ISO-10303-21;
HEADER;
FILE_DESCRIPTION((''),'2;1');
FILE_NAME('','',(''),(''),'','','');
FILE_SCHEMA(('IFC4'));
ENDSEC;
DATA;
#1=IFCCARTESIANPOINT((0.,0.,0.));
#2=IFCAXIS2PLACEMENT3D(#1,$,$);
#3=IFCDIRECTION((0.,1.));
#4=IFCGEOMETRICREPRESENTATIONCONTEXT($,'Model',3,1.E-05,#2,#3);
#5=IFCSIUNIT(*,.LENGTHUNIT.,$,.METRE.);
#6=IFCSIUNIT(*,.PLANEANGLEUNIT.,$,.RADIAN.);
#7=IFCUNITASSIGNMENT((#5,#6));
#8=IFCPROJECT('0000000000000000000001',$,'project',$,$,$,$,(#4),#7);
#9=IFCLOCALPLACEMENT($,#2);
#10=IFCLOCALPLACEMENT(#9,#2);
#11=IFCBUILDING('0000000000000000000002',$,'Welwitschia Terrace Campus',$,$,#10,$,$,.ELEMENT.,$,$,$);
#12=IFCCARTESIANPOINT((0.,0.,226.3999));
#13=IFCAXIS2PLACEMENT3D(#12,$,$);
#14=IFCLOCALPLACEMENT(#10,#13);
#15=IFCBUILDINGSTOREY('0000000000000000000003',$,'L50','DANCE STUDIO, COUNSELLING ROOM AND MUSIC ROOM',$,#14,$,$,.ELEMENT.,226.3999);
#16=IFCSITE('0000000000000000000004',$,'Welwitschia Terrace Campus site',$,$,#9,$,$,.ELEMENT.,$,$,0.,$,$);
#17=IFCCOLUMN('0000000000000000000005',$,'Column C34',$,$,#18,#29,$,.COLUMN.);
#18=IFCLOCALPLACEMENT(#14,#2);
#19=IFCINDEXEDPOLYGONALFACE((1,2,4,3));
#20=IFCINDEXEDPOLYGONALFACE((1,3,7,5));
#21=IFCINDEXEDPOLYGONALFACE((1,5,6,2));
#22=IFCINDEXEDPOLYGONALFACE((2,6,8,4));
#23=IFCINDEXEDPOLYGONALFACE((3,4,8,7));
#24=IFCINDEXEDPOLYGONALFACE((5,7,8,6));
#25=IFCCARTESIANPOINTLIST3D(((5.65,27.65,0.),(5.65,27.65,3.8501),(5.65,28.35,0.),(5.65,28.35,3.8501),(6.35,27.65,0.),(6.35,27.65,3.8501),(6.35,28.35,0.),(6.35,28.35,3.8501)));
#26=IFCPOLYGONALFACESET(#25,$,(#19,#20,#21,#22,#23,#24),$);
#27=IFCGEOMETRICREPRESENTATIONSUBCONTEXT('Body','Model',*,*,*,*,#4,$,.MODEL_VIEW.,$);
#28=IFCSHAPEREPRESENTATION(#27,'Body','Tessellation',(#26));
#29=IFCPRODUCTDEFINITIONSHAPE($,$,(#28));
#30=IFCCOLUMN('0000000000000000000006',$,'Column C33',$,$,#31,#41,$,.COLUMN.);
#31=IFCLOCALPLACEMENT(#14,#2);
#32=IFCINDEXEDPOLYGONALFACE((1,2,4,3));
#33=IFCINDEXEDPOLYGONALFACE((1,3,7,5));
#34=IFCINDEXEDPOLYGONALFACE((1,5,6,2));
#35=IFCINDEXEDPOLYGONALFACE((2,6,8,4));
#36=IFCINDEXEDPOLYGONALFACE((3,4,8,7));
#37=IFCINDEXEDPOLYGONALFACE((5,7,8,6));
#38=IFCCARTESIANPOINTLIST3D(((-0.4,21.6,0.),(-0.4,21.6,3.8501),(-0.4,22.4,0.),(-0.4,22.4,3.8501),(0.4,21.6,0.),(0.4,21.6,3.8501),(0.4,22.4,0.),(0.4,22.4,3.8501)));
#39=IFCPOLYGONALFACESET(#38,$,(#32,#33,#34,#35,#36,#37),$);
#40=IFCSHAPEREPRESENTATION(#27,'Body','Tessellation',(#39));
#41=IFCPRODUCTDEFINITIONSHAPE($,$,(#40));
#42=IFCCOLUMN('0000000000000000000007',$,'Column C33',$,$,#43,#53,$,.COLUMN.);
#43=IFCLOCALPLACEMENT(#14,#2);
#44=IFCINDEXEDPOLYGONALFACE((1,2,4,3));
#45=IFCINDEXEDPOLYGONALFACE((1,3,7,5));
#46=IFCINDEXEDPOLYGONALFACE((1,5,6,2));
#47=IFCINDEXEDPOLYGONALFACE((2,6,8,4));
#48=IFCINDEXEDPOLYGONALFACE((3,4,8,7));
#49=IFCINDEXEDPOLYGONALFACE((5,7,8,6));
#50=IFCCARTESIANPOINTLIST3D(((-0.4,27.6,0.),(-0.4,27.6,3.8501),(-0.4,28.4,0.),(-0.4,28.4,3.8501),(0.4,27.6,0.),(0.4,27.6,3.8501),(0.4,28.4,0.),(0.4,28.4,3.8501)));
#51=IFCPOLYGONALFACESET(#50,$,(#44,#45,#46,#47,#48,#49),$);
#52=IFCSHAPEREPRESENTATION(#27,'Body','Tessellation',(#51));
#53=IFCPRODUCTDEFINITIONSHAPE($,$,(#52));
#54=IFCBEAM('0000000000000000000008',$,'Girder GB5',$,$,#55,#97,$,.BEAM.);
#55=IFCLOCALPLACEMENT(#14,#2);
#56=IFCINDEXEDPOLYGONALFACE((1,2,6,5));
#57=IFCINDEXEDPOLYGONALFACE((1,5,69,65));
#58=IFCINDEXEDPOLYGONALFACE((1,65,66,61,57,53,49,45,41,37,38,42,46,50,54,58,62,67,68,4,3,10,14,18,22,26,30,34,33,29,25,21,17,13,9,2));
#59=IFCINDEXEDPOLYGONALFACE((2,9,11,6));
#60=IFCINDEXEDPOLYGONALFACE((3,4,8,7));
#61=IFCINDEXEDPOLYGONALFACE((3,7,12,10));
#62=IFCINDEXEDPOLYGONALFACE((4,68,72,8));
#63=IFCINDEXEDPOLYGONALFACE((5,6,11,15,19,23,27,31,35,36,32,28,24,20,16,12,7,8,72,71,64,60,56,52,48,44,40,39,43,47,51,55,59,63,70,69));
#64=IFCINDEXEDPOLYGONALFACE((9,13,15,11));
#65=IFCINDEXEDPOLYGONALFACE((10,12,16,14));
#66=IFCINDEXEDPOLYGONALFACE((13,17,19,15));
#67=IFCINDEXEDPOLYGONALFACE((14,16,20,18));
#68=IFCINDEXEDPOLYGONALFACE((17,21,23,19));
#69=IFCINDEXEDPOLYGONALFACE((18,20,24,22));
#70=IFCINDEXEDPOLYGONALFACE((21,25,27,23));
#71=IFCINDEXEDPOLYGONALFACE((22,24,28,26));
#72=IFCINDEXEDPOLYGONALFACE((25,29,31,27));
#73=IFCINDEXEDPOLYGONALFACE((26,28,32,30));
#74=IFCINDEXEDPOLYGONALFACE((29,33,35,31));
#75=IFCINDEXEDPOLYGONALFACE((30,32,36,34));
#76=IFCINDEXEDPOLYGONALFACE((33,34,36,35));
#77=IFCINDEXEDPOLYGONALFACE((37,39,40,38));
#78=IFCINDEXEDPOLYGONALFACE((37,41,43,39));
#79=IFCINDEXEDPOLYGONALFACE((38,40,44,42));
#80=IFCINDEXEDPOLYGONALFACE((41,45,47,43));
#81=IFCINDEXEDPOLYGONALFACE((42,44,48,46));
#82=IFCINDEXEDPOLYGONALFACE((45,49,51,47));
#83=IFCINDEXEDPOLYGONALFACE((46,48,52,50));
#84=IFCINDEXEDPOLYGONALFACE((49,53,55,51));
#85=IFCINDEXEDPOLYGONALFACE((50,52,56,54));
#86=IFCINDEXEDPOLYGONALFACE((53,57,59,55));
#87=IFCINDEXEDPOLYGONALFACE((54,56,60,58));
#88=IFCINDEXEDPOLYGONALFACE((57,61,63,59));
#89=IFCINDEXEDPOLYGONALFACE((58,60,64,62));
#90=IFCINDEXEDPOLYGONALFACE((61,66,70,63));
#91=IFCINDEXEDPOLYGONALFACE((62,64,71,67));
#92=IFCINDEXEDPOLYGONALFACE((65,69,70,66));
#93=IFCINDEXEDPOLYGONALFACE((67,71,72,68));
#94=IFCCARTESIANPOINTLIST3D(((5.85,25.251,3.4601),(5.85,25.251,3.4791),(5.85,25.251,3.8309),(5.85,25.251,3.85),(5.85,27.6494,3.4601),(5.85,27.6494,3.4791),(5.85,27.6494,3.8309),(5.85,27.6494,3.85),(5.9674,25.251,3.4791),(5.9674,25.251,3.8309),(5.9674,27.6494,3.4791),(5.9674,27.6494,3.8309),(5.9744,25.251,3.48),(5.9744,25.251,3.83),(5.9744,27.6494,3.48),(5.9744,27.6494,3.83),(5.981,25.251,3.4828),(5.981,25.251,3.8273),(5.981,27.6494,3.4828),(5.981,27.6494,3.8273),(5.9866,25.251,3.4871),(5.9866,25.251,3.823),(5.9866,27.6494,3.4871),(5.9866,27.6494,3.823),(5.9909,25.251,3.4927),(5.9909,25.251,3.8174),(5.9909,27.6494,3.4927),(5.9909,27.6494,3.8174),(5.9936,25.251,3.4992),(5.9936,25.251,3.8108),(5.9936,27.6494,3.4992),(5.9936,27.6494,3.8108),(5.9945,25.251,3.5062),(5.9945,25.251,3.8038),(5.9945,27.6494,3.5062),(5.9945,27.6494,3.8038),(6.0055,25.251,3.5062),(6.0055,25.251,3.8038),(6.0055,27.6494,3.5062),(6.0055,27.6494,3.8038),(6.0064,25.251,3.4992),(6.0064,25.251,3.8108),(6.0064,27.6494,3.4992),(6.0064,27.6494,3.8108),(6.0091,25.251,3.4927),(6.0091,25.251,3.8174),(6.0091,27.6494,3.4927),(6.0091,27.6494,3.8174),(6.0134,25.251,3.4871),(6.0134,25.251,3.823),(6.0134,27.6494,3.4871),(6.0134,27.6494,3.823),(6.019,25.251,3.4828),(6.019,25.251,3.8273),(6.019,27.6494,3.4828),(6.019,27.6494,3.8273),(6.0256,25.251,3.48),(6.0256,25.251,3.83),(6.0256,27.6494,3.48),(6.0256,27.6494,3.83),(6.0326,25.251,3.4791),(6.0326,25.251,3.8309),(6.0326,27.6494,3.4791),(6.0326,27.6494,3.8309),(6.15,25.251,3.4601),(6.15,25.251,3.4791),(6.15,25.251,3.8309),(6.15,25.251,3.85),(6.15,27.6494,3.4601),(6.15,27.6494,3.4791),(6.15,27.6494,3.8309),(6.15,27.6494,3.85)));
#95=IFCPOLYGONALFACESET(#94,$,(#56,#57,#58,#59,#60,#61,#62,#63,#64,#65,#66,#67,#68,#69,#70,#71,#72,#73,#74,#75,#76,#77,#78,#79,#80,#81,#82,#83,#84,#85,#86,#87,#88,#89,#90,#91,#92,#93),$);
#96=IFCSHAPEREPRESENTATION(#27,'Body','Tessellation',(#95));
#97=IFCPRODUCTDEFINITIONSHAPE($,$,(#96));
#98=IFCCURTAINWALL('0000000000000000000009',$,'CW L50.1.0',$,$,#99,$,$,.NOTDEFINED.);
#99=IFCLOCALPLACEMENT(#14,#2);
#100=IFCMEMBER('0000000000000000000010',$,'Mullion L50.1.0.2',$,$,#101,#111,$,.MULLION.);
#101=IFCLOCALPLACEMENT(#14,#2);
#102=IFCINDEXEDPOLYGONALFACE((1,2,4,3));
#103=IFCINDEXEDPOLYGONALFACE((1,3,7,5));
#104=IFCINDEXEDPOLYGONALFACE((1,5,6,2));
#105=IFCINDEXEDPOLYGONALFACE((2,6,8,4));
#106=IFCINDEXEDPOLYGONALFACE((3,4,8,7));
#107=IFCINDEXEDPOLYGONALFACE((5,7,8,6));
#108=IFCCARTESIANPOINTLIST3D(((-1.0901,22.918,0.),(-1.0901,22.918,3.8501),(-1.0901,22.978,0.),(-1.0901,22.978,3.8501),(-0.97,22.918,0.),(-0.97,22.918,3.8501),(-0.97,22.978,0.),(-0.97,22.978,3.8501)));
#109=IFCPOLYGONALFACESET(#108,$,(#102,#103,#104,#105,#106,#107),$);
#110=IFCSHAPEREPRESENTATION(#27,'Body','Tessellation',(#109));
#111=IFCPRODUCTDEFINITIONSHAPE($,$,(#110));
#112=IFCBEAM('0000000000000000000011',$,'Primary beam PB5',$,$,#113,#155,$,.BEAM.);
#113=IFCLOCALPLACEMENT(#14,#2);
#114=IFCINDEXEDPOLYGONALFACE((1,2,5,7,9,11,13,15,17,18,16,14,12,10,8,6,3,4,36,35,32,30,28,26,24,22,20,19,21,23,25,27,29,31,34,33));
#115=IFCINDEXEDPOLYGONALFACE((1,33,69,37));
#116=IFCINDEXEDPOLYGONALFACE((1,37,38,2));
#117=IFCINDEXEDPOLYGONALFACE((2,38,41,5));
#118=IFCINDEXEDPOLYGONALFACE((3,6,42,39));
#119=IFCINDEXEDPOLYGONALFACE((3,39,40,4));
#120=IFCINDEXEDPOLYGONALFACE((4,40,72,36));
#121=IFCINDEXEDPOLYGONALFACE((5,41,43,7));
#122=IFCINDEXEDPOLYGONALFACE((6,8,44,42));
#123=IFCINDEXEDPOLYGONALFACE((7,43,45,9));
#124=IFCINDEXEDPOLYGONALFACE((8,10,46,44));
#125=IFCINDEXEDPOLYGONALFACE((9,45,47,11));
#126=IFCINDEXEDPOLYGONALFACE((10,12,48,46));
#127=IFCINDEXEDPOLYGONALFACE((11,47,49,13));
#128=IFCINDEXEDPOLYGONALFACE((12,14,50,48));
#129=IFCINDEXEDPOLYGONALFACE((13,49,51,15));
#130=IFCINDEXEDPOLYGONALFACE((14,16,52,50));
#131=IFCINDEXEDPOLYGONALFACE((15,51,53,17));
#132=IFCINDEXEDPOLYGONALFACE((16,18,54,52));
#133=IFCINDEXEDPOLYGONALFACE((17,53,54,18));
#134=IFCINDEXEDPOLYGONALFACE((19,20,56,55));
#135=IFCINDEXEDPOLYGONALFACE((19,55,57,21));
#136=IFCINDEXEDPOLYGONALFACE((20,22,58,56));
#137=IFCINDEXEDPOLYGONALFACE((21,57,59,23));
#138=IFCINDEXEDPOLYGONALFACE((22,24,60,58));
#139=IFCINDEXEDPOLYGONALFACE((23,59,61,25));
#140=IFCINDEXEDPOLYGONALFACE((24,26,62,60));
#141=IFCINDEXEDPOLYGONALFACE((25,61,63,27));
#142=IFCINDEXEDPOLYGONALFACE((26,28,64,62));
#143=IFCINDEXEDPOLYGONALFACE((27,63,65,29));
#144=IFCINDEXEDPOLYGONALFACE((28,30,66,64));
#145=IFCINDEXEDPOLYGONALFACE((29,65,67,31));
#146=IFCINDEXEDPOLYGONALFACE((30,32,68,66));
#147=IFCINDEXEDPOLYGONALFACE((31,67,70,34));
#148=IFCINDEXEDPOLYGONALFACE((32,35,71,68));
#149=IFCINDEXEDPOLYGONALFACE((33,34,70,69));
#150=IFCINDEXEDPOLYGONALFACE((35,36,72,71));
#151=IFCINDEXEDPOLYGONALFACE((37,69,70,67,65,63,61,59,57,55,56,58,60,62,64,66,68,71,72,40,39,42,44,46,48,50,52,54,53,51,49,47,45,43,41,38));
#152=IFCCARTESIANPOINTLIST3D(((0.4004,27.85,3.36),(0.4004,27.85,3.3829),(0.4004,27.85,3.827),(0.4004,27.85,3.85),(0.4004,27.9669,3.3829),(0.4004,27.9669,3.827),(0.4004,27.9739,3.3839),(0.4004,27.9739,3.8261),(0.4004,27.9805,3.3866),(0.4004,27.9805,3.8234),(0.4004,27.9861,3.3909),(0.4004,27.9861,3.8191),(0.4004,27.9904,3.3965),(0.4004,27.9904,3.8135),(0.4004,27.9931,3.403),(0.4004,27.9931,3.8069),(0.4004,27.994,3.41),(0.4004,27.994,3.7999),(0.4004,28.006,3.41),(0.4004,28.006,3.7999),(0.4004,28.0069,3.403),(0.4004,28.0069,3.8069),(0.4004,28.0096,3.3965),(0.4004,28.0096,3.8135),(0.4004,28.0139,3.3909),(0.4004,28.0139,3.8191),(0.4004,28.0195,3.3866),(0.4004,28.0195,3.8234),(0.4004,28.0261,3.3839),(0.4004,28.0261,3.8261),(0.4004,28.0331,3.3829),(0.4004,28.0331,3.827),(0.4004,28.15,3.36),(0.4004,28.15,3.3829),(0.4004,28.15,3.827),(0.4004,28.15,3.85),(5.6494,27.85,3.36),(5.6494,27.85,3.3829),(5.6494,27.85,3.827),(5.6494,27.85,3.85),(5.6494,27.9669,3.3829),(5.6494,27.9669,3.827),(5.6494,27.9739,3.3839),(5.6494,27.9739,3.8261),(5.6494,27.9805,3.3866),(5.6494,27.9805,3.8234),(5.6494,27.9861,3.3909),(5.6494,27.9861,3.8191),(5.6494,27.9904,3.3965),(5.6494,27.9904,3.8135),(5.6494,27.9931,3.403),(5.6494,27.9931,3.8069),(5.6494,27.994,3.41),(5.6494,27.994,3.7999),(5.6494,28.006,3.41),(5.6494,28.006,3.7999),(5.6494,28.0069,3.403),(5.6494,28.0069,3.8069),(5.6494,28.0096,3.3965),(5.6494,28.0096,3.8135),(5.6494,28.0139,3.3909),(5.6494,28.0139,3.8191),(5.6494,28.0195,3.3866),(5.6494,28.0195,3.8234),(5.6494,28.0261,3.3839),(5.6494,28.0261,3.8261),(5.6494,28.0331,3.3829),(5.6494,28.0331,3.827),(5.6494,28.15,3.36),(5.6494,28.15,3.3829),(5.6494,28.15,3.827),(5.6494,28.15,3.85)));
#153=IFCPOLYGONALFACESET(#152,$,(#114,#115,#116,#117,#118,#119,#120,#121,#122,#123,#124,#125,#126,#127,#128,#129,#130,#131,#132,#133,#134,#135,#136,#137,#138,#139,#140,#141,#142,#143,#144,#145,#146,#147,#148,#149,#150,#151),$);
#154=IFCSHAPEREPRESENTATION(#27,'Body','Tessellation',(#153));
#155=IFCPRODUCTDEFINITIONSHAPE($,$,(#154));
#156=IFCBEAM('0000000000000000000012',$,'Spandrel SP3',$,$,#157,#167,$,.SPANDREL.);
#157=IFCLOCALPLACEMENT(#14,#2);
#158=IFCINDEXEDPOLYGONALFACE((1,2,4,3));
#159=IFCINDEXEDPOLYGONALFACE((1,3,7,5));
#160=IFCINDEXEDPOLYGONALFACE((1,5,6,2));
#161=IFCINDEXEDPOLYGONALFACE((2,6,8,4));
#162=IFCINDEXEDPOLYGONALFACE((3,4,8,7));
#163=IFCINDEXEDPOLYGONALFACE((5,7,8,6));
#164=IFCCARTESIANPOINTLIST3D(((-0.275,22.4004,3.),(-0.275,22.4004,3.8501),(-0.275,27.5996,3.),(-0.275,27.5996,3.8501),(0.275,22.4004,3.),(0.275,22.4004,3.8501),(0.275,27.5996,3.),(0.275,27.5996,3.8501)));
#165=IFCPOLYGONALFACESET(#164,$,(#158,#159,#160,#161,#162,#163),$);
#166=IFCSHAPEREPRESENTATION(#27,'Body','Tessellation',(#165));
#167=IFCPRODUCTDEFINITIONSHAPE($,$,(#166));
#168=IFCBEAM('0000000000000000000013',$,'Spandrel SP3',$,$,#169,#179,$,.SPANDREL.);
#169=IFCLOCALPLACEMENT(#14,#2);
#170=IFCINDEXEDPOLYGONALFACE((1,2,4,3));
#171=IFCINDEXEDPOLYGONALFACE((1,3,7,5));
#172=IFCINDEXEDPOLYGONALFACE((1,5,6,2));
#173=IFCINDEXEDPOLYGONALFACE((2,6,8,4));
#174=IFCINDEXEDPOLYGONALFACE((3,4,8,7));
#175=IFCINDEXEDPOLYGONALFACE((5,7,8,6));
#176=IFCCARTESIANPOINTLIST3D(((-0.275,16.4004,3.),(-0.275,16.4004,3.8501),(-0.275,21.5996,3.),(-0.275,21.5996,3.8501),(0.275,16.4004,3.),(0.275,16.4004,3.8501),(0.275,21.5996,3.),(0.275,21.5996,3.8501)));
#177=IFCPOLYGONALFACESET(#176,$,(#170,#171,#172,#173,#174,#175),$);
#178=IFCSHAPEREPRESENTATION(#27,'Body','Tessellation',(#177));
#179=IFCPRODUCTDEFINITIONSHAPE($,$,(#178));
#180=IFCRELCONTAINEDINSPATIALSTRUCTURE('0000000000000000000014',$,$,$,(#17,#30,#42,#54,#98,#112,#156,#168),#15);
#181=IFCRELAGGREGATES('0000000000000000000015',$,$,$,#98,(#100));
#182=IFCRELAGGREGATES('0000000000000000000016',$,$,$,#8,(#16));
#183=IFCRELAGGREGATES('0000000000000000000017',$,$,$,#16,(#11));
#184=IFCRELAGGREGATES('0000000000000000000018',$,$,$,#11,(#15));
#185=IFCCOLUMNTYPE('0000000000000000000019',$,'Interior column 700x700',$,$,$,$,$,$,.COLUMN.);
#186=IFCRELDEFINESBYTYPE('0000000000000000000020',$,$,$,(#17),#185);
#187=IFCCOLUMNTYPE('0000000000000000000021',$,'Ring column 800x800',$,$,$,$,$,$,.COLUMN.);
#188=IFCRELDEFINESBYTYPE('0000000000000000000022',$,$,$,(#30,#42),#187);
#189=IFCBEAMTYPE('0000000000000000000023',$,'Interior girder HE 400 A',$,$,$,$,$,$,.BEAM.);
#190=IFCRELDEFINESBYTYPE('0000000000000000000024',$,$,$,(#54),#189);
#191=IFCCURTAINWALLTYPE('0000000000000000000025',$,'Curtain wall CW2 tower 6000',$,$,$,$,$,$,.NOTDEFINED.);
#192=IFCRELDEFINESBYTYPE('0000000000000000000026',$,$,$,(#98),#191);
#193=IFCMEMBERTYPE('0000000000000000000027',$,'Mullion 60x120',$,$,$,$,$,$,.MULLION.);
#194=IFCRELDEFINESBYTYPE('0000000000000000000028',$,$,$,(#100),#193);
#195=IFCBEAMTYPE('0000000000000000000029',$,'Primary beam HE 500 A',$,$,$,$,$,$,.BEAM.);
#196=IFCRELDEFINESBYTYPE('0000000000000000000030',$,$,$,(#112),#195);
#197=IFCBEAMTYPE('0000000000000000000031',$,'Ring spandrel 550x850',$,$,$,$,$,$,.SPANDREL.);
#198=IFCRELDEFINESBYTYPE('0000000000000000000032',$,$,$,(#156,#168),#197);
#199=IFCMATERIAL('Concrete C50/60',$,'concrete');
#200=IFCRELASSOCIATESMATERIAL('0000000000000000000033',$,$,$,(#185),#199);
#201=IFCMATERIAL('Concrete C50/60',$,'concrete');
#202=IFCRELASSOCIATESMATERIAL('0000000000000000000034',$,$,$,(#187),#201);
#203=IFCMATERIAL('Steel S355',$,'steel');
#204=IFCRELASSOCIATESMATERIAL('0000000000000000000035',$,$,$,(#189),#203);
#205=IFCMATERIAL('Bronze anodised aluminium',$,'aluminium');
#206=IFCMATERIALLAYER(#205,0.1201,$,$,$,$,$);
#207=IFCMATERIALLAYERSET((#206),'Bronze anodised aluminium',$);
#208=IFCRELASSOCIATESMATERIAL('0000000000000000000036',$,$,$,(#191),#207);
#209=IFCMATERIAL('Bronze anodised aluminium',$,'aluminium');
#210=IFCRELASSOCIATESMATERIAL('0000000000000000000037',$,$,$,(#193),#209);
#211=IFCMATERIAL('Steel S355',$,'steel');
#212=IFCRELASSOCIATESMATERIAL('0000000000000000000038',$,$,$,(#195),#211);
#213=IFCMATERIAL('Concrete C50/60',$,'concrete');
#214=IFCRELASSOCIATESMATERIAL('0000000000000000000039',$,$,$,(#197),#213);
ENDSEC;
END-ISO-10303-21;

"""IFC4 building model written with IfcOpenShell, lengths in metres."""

from ifc_helpers import new_model, si_unit, direction, frame, origin, origin_2d, place, context, subcontext, project, spatial, rectangle, i_section, extrude, material, layer, layer_set, material_profile, profile_set, type_object, element, aggregate, save


model = new_model("IFC4")

# Units and contexts
model_context = context("Model", 3, precision=1e-05, world=origin(), true_north=direction((0.0, 1.0)))
body_context = subcontext(model_context, "Body", "Model", "MODEL_VIEW")
ifc_project = project(units=[si_unit("LENGTHUNIT", "METRE"), si_unit("PLANEANGLEUNIT", "RADIAN")], contexts=[model_context])

# Site, building, storey
site_placement = place(None, origin())
site = spatial("IfcSite", under=ifc_project, at=site_placement, Name="Welwitschia Terrace Campus site", CompositionType="ELEMENT", RefElevation=0.0)
building_placement = place(site_placement, origin())
building = spatial("IfcBuilding", under=site, at=building_placement, Name="Welwitschia Terrace Campus", CompositionType="ELEMENT")
storey_placement = place(building_placement, frame((0.0, 0.0, 226.3999)))
storey = spatial("IfcBuildingStorey", under=building, at=storey_placement, Name="L50", Description="DANCE STUDIO, COUNSELLING ROOM AND MUSIC ROOM", CompositionType="ELEMENT", Elevation=226.3999)

# Columns
ifc_material_1 = material(Name="Concrete C50/60", Category="concrete")
ifc_material_profile_1 = material_profile(ifc_material_1, rectangle(XDim=0.7, YDim=0.7, at=origin_2d()))
ifc_profile_set_1 = profile_set([ifc_material_profile_1], Name="Concrete C50/60")
column_type_1 = type_object("IfcColumnType", Name="Interior column 700x700", PredefinedType="COLUMN", material=ifc_profile_set_1)
column_placement = place(storey_placement, frame((6.0, 28.0, 0.0), z_axis=(0.0, 0.0, 1.0), x_axis=(1.0, 0.0, 0.0)))
element("IfcColumn", 1, at=column_placement, inside=storey, type_object=column_type_1, Name="Column C34", PredefinedType="COLUMN", context=body_context, shape_type="SweptSolid", body=[
    extrude(rectangle(XDim=0.7, YDim=0.7, at=origin_2d()), origin(), (0.0, 0.0, 1.0), 3.8501),
])
ifc_material_2 = material(Name="Concrete C50/60", Category="concrete")
ifc_material_profile_2 = material_profile(ifc_material_2, rectangle(XDim=0.8, YDim=0.8, at=origin_2d()))
ifc_profile_set_2 = profile_set([ifc_material_profile_2], Name="Concrete C50/60")
column_type_2 = type_object("IfcColumnType", Name="Ring column 800x800", PredefinedType="COLUMN", material=ifc_profile_set_2)
for number, where, z_axis, x_axis, name in (
    (2, (0.0, 22.0, 0.0), (0.0, 0.0, 1.0), (1.0, 0.0, 0.0), "Column C33"),
    (3, (0.0, 28.0, 0.0), (0.0, 0.0, 1.0), (1.0, 0.0, 0.0), "Column C33"),
):
    element("IfcColumn", number, at=place(storey_placement, frame(where, z_axis=z_axis, x_axis=x_axis)), inside=storey, type_object=column_type_2, Name=name, PredefinedType="COLUMN", context=body_context, shape_type="SweptSolid", body=[
        extrude(rectangle(XDim=0.8, YDim=0.8, at=origin_2d()), origin(), (0.0, 0.0, 1.0), 3.8501),
    ])

# Beam
ifc_material_3 = material(Name="Steel S355", Category="steel")
ifc_material_profile_3 = material_profile(ifc_material_3, i_section(OverallWidth=0.3, OverallDepth=0.3899, WebThickness=0.011, FlangeThickness=0.019, FilletRadius=0.0271, at=origin_2d()))
ifc_profile_set_3 = profile_set([ifc_material_profile_3], Name="Steel S355")
beam_type_1 = type_object("IfcBeamType", Name="Interior girder HE 400 A", PredefinedType="BEAM", material=ifc_profile_set_3)
beam_1_placement = place(storey_placement, frame((6.0, 25.251, 3.655), z_axis=(0.0, 1.0, 0.0), x_axis=(-1.0, 0.0, 0.0)))
element("IfcBeam", 4, at=beam_1_placement, inside=storey, type_object=beam_type_1, Name="Girder GB5", PredefinedType="BEAM", context=body_context, shape_type="SweptSolid", body=[
    extrude(i_section(OverallWidth=0.3, OverallDepth=0.3899, WebThickness=0.011, FlangeThickness=0.019, FilletRadius=0.0271, at=origin_2d()), origin(), (0.0, 0.0, 1.0), 2.3984),
])

# Curtain wall, member
ifc_material_4 = material(Name="Bronze anodised aluminium", Category="aluminium")
ifc_layer_1 = layer(ifc_material_4, 0.1201)
ifc_layer_set_1 = layer_set([ifc_layer_1], Name="Bronze anodised aluminium")
curtain_wall_type = type_object("IfcCurtainWallType", Name="Curtain wall CW2 tower 6000", PredefinedType="NOTDEFINED", material=ifc_layer_set_1)
curtain_wall_placement = place(storey_placement, origin())
curtain_wall = element("IfcCurtainWall", 5, at=curtain_wall_placement, inside=storey, type_object=curtain_wall_type, Name="CW L50.1.0", PredefinedType="NOTDEFINED")
ifc_material_5 = material(Name="Bronze anodised aluminium", Category="aluminium")
ifc_material_profile_4 = material_profile(ifc_material_5, rectangle(XDim=0.1201, YDim=0.0601, at=origin_2d()))
ifc_profile_set_4 = profile_set([ifc_material_profile_4], Name="Bronze anodised aluminium")
member_type = type_object("IfcMemberType", Name="Mullion 60x120", PredefinedType="MULLION", material=ifc_profile_set_4)
member_placement = place(storey_placement, frame((-1.03, 22.948, 0.0), z_axis=(0.0, 0.0, 1.0), x_axis=(1.0, 0.0, 0.0)))
member = element("IfcMember", 6, at=member_placement, type_object=member_type, Name="Mullion L50.1.0.2", PredefinedType="MULLION", context=body_context, shape_type="SweptSolid", body=[
    extrude(rectangle(XDim=0.1201, YDim=0.0601, at=origin_2d()), origin(), (0.0, 0.0, 1.0), 3.8501),
])

# Beams
ifc_material_6 = material(Name="Steel S355", Category="steel")
ifc_material_profile_5 = material_profile(ifc_material_6, i_section(OverallWidth=0.3, OverallDepth=0.49, WebThickness=0.012, FlangeThickness=0.0229, FilletRadius=0.0271, at=origin_2d()))
ifc_profile_set_5 = profile_set([ifc_material_profile_5], Name="Steel S355")
beam_type_2 = type_object("IfcBeamType", Name="Primary beam HE 500 A", PredefinedType="BEAM", material=ifc_profile_set_5)
beam_2_placement = place(storey_placement, frame((0.4004, 28.0, 3.605), z_axis=(1.0, 0.0, 0.0), x_axis=(0.0, 1.0, 0.0)))
element("IfcBeam", 7, at=beam_2_placement, inside=storey, type_object=beam_type_2, Name="Primary beam PB5", PredefinedType="BEAM", context=body_context, shape_type="SweptSolid", body=[
    extrude(i_section(OverallWidth=0.3, OverallDepth=0.49, WebThickness=0.012, FlangeThickness=0.0229, FilletRadius=0.0271, at=origin_2d()), origin(), (0.0, 0.0, 1.0), 5.249),
])
ifc_material_7 = material(Name="Concrete C50/60", Category="concrete")
ifc_material_profile_6 = material_profile(ifc_material_7, rectangle(XDim=0.55, YDim=0.8501, at=origin_2d()))
ifc_profile_set_6 = profile_set([ifc_material_profile_6], Name="Concrete C50/60")
beam_type_3 = type_object("IfcBeamType", Name="Ring spandrel 550x850", PredefinedType="SPANDREL", material=ifc_profile_set_6)
for number, where, z_axis, x_axis, name in (
    (8, (0.0, 27.5996, 3.425), (0.0, -1.0, 0.0), (1.0, 0.0, 0.0), "Spandrel SP3"),
    (9, (0.0, 21.5996, 3.425), (0.0, -1.0, 0.0), (1.0, 0.0, 0.0), "Spandrel SP3"),
):
    element("IfcBeam", number, at=place(storey_placement, frame(where, z_axis=z_axis, x_axis=x_axis)), inside=storey, type_object=beam_type_3, Name=name, PredefinedType="SPANDREL", context=body_context, shape_type="SweptSolid", body=[
        extrude(rectangle(XDim=0.55, YDim=0.8501, at=origin_2d()), origin(), (0.0, 0.0, 1.0), 5.1992),
    ])

aggregate(curtain_wall, [member])

save(model, "model.ifc")
